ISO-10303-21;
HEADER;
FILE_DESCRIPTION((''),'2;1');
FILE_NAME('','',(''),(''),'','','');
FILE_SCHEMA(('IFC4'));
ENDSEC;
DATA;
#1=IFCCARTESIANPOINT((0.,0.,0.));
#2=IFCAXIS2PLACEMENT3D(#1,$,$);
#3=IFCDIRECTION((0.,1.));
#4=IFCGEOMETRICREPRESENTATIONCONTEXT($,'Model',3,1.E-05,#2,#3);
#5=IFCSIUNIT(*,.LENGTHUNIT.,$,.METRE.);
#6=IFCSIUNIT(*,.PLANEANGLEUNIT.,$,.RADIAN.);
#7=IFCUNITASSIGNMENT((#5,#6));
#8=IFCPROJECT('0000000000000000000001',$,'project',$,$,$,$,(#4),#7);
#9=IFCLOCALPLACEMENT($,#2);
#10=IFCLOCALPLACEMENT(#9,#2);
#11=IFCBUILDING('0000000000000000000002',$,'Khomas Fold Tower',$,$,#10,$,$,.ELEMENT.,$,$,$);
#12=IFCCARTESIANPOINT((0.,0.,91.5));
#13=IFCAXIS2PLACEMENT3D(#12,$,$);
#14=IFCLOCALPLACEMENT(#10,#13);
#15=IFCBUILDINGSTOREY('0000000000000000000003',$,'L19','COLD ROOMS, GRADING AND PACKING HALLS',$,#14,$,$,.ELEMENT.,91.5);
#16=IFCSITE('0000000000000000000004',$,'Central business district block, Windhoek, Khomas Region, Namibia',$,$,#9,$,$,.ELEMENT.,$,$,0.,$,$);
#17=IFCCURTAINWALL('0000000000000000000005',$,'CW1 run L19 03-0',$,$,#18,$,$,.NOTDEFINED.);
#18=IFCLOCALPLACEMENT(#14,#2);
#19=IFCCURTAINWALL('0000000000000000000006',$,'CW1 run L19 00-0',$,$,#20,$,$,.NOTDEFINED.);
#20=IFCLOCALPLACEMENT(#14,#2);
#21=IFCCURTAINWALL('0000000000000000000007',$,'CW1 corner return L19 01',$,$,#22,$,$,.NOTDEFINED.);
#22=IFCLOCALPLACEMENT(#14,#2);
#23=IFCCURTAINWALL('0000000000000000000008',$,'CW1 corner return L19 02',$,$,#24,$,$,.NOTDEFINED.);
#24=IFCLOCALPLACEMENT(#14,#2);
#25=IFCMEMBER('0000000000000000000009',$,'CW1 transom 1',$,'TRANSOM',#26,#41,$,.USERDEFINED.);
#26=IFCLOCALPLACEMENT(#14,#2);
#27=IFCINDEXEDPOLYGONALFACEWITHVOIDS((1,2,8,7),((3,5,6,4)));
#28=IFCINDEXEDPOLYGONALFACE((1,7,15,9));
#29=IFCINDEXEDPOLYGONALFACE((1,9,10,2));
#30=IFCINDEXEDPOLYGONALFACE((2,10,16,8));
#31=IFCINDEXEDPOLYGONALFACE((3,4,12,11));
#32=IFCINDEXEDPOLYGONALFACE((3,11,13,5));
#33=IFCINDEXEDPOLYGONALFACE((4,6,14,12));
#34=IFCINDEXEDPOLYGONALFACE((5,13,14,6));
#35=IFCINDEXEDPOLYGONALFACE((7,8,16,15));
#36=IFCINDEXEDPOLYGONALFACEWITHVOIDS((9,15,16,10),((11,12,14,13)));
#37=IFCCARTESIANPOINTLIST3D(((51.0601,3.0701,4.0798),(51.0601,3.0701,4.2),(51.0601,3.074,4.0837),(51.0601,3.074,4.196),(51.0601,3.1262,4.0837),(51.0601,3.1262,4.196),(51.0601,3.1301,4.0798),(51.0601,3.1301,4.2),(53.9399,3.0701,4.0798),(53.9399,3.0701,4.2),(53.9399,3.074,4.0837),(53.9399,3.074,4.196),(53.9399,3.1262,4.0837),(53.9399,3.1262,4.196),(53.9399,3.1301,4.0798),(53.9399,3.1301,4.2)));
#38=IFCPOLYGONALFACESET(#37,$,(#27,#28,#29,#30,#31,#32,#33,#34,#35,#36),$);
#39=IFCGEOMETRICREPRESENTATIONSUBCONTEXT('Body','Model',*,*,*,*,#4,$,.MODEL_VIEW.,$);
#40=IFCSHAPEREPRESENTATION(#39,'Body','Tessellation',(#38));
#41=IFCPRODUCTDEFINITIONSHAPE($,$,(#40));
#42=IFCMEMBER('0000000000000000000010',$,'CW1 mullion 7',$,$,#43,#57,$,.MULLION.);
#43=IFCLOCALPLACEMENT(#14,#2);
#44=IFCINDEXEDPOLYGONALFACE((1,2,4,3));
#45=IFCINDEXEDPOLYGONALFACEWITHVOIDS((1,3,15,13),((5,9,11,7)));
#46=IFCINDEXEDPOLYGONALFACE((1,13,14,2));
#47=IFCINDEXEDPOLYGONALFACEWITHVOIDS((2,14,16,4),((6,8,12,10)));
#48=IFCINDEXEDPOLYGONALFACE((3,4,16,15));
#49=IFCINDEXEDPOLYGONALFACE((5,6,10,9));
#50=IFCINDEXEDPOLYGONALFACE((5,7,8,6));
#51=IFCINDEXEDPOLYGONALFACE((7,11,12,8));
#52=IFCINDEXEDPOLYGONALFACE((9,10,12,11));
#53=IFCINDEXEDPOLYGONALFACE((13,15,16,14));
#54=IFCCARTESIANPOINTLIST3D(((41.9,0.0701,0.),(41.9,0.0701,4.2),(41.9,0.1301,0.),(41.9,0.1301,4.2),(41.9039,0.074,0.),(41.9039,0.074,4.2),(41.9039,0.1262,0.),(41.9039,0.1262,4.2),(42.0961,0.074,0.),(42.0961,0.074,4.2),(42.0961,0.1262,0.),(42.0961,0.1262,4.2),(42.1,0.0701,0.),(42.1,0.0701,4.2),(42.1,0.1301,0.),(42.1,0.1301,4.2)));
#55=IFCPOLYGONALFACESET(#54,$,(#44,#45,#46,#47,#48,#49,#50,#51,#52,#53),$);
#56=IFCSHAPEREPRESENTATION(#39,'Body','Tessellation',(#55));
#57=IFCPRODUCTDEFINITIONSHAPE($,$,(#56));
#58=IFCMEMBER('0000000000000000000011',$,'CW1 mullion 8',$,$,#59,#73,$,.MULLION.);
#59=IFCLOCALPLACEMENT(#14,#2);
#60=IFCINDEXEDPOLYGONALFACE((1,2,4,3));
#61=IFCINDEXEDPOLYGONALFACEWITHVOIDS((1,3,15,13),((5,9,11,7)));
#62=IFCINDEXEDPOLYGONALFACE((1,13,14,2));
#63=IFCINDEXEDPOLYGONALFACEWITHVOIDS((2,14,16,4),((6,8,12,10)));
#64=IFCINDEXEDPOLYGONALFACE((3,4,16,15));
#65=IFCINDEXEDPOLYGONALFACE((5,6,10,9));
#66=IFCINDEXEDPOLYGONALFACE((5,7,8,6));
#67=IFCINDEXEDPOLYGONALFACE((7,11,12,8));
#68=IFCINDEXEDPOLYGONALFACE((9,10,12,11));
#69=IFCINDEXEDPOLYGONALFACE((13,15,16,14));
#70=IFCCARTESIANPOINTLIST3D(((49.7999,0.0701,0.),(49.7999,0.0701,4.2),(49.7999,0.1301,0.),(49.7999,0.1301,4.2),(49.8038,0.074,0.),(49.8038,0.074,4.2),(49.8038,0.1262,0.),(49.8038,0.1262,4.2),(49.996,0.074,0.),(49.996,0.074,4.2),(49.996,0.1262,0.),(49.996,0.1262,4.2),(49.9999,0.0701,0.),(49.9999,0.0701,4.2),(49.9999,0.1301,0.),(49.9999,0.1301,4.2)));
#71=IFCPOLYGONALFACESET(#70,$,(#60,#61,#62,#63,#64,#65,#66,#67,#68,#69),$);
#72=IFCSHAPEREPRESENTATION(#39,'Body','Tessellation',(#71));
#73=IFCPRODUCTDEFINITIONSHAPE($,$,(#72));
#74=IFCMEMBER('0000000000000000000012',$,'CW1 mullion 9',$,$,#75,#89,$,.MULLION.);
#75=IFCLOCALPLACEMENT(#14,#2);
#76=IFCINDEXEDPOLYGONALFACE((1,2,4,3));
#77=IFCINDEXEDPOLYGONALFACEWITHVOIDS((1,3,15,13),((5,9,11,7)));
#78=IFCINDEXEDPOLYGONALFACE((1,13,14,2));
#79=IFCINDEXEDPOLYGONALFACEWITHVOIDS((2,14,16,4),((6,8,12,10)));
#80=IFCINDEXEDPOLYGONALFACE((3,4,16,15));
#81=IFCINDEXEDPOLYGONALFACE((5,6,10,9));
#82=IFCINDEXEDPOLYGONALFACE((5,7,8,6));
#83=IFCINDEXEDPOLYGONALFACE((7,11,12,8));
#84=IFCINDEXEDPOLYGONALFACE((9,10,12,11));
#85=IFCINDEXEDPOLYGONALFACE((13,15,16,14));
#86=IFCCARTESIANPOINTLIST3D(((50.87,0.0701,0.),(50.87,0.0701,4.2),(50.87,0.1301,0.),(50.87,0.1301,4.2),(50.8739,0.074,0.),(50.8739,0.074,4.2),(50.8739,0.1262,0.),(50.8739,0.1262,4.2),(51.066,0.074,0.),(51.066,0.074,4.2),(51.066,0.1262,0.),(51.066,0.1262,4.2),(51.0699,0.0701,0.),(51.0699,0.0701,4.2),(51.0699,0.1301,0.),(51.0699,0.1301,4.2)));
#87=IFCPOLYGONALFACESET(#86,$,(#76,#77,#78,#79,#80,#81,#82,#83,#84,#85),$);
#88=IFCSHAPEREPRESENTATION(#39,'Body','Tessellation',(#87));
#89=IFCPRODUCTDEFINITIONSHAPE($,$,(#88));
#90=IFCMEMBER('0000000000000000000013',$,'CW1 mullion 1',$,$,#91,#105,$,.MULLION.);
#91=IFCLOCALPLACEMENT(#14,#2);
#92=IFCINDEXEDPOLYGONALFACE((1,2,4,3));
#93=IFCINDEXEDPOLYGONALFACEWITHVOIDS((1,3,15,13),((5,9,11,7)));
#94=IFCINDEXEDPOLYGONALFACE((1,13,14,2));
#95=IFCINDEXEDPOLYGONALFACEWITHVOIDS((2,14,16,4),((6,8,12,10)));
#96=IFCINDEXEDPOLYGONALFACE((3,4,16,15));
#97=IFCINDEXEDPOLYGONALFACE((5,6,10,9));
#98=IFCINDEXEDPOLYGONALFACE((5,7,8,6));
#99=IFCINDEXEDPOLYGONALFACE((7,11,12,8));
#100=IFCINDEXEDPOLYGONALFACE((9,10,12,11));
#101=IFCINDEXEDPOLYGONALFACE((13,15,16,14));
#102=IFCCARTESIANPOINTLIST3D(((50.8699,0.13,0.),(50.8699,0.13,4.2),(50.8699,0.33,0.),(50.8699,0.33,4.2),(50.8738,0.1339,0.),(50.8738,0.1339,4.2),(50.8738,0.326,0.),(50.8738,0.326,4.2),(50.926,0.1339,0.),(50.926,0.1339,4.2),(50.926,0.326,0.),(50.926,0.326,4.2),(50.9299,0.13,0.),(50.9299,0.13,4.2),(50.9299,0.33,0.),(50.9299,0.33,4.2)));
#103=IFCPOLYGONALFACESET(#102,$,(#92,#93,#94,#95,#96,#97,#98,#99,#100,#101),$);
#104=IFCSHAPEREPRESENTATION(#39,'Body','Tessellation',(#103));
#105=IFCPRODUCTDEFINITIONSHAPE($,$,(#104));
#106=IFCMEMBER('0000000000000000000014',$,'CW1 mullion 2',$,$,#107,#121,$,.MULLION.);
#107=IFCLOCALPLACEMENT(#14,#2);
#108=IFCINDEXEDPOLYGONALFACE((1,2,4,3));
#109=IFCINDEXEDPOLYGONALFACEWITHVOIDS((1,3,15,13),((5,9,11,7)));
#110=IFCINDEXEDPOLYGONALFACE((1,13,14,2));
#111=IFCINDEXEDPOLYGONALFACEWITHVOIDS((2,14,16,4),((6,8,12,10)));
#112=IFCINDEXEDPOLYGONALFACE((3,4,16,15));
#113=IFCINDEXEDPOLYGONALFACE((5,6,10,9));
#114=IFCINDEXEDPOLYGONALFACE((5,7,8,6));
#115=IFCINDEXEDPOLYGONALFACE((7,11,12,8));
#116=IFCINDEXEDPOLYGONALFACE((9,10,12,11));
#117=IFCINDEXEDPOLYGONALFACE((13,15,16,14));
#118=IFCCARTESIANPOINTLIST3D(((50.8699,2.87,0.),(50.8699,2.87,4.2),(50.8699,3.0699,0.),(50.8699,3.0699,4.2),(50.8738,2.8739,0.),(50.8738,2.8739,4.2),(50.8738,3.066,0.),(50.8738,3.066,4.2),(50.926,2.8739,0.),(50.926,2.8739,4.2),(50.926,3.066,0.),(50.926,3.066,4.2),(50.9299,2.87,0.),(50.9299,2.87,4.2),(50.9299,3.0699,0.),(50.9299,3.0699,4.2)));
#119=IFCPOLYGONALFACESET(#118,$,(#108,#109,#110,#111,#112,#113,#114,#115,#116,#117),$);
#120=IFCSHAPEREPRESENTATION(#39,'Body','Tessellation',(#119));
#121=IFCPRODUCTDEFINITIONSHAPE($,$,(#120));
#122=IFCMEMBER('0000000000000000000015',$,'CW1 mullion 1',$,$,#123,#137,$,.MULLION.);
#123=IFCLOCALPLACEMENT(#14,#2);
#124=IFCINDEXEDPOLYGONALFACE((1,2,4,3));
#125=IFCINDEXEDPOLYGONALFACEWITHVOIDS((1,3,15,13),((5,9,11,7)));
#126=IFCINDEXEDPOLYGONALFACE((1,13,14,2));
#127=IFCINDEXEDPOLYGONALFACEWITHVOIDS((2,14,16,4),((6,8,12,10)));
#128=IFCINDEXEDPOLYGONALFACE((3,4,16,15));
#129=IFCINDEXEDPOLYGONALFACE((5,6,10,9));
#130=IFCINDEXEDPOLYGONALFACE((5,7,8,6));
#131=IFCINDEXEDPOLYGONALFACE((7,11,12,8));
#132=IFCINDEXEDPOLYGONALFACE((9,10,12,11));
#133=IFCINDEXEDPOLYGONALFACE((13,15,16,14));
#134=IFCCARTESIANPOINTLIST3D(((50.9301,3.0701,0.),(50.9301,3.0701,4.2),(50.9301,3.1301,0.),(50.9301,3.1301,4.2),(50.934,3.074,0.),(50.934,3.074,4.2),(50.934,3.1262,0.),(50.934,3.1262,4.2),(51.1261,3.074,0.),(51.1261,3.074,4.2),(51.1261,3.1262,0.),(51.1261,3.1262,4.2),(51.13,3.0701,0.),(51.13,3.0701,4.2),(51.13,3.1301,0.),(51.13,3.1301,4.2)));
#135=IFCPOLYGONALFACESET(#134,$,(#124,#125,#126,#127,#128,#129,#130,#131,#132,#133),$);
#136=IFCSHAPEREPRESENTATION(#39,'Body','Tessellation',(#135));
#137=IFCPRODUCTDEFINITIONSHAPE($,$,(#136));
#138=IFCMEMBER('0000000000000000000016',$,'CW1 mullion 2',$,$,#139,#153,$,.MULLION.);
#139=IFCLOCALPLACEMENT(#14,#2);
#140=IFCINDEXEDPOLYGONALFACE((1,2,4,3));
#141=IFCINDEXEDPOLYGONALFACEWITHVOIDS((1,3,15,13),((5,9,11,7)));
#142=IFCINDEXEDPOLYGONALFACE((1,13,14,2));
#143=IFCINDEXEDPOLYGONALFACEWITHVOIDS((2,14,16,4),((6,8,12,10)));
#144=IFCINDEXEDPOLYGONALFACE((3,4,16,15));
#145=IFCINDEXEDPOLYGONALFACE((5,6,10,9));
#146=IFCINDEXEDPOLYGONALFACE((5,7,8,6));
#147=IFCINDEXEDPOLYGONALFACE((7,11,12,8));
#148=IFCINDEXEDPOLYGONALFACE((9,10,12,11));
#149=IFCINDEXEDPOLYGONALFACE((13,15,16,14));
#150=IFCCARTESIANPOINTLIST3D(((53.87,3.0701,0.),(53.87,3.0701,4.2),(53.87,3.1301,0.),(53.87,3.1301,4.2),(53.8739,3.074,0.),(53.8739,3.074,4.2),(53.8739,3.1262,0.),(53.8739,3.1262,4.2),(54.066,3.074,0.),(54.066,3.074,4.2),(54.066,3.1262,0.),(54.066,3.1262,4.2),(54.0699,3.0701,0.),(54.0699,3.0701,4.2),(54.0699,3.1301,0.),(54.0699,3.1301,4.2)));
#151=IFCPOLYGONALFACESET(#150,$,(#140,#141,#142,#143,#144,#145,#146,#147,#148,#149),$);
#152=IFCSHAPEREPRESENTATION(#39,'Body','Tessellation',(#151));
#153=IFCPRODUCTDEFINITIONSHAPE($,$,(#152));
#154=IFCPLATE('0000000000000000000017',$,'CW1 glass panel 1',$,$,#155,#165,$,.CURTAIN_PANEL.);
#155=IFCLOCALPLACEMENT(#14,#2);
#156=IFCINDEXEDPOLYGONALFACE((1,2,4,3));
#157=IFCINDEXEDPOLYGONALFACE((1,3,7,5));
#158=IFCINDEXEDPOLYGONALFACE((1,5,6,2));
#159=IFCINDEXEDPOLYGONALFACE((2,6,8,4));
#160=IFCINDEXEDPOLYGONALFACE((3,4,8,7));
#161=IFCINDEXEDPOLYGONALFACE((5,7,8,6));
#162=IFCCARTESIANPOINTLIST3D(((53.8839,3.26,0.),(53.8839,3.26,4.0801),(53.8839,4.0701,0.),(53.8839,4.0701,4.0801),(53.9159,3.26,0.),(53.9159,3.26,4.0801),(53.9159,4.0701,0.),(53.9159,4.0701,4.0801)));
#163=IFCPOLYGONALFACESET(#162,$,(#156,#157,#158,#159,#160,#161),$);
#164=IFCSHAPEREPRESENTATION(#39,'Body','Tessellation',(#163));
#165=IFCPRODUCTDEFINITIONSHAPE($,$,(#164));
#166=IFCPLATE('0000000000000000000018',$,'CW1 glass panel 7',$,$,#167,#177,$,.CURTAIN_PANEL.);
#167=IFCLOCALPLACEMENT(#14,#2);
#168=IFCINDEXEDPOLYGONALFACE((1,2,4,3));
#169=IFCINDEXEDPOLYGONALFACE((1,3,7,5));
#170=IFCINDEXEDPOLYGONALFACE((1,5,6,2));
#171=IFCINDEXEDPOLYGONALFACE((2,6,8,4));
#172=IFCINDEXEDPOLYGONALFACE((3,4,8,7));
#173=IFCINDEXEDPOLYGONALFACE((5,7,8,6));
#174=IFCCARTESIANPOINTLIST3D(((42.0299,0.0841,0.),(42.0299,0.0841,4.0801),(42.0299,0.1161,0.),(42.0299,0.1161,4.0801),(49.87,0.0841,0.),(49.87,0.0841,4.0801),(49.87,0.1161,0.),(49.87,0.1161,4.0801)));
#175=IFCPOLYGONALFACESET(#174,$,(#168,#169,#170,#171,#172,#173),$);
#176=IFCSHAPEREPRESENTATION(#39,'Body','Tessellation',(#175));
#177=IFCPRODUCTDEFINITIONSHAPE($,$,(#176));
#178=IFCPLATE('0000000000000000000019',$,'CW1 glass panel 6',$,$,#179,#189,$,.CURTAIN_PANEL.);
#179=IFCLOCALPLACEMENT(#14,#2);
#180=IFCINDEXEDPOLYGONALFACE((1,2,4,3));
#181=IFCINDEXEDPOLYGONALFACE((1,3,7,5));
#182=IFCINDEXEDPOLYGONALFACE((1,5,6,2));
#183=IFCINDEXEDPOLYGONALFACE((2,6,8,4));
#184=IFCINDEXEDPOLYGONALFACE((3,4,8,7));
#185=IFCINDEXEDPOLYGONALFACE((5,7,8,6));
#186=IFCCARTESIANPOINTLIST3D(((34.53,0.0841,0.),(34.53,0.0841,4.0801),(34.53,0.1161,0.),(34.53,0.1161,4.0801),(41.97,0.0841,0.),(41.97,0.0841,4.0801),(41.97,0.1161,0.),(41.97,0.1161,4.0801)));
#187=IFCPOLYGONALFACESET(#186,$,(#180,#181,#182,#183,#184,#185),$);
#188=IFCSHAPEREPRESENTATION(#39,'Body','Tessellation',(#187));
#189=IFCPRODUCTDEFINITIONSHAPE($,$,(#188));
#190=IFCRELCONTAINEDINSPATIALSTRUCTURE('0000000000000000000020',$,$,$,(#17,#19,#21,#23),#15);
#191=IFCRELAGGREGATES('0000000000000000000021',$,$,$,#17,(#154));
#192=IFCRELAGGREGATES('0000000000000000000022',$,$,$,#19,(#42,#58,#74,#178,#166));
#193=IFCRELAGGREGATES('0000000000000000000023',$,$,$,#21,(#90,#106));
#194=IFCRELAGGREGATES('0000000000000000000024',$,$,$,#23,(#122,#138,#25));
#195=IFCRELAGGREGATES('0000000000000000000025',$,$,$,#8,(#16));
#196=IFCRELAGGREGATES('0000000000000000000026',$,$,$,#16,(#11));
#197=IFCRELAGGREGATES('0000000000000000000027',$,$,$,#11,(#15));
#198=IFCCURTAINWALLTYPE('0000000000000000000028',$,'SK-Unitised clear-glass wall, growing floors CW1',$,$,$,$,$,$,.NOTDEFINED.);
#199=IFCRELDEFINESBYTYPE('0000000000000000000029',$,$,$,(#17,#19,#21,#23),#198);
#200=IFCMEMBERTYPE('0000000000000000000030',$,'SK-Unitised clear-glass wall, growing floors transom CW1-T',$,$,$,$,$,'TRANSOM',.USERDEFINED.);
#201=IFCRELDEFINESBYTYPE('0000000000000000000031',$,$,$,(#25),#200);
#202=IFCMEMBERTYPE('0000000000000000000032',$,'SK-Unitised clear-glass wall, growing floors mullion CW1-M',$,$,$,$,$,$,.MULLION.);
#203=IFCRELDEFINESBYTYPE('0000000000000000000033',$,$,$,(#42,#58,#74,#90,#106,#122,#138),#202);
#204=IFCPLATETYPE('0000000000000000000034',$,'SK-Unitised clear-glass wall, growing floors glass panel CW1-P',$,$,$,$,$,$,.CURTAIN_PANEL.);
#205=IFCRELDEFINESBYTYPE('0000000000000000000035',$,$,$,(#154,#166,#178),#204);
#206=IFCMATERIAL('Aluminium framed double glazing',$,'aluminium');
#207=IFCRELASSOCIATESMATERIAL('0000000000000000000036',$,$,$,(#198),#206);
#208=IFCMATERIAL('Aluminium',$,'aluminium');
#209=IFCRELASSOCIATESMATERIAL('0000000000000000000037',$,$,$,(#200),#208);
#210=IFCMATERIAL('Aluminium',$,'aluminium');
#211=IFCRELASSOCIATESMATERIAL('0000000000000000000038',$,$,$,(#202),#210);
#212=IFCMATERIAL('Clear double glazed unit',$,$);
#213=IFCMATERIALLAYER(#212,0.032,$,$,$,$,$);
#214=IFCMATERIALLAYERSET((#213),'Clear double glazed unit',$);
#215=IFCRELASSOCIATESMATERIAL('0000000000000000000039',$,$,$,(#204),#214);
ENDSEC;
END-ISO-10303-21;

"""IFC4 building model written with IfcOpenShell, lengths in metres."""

from ifc_helpers import new_model, si_unit, direction, frame, origin, origin_2d, place, context, subcontext, project, spatial, rectangle, hollow_rectangle, extrude, source, transform, mapped, material, layer, layer_set, material_profile, profile_set, type_object, element, aggregate, save


model = new_model("IFC4")

# Units and contexts
model_context = context("Model", 3, precision=1e-05, world=origin(), true_north=direction((0.0, 1.0)))
body_context = subcontext(model_context, "Body", "Model", "MODEL_VIEW")
ifc_project = project(units=[si_unit("LENGTHUNIT", "METRE"), si_unit("PLANEANGLEUNIT", "RADIAN")], contexts=[model_context])

# Site, building, storey
site_placement = place(None, origin())
site = spatial("IfcSite", under=ifc_project, at=site_placement, Name="Central business district block, Windhoek, Khomas Region, Namibia", CompositionType="ELEMENT", RefElevation=0.0)
building_placement = place(site_placement, origin())
building = spatial("IfcBuilding", under=site, at=building_placement, Name="Khomas Fold Tower", CompositionType="ELEMENT")
storey_placement = place(building_placement, frame((0.0, 0.0, 91.5)))
storey = spatial("IfcBuildingStorey", under=building, at=storey_placement, Name="L19", Description="COLD ROOMS, GRADING AND PACKING HALLS", CompositionType="ELEMENT", Elevation=91.5)

# Curtain wall
ifc_material_1 = material(Name="Aluminium framed double glazing", Category="aluminium")
curtain_wall_type = type_object("IfcCurtainWallType", Name="SK-Unitised clear-glass wall, growing floors CW1", PredefinedType="NOTDEFINED", material=ifc_material_1)
curtain_wall_1_placement = place(storey_placement, origin())
curtain_wall_1 = element("IfcCurtainWall", 1, at=curtain_wall_1_placement, inside=storey, type_object=curtain_wall_type, Name="CW1 run L19 03-0", PredefinedType="NOTDEFINED")
ifc_material_2 = material(Name="Aluminium", Category="aluminium")
ifc_material_profile_1 = material_profile(ifc_material_2, hollow_rectangle(XDim=0.0601, YDim=0.1201, WallThickness=0.0039, at=origin_2d()), Name="SK-Unitised clear-glass wall, growing floors transom CW1-T")
ifc_profile_set_1 = profile_set([ifc_material_profile_1], Name="Aluminium")
member_type_1 = type_object("IfcMemberType", Name="SK-Unitised clear-glass wall, growing floors transom CW1-T", ElementType="TRANSOM", PredefinedType="USERDEFINED", material=ifc_profile_set_1)

# Curtain wall
curtain_wall_2_placement = place(storey_placement, origin())
curtain_wall_2 = element("IfcCurtainWall", 2, at=curtain_wall_2_placement, inside=storey, type_object=curtain_wall_type, Name="CW1 run L19 00-0", PredefinedType="NOTDEFINED")

# Curtain walls, member
curtain_wall_3_placement = place(storey_placement, origin())
curtain_wall_3 = element("IfcCurtainWall", 3, at=curtain_wall_3_placement, inside=storey, type_object=curtain_wall_type, Name="CW1 corner return L19 01", PredefinedType="NOTDEFINED")
curtain_wall_4_placement = place(storey_placement, origin())
curtain_wall_4 = element("IfcCurtainWall", 4, at=curtain_wall_4_placement, inside=storey, type_object=curtain_wall_type, Name="CW1 corner return L19 02", PredefinedType="NOTDEFINED")
shared_shape_1 = source(origin(), body_context, "Body", "SweptSolid", [
    extrude(hollow_rectangle(XDim=0.0601, YDim=0.1201, WallThickness=0.0039, at=origin_2d()), origin(), (0.0, 0.0, 1.0), 2.8799),
])
member_1_placement = place(storey_placement, frame((51.0601, 3.1001, 4.1399), z_axis=(1.0, 0.0, 0.0), x_axis=(0.0, 1.0, 0.0)))
member_1 = element("IfcMember", 5, at=member_1_placement, type_object=member_type_1, Name="CW1 transom 1", ObjectType="TRANSOM", PredefinedType="USERDEFINED", context=body_context, shape_type="MappedRepresentation", body=[
    mapped(shared_shape_1, transform((0.0, 0.0, 0.0))),
])

# Members
ifc_material_3 = material(Name="Aluminium", Category="aluminium")
ifc_material_profile_2 = material_profile(ifc_material_3, hollow_rectangle(XDim=0.0601, YDim=0.2, WallThickness=0.0039, at=origin_2d()), Name="SK-Unitised clear-glass wall, growing floors mullion CW1-M")
ifc_profile_set_2 = profile_set([ifc_material_profile_2], Name="Aluminium")
member_type_2 = type_object("IfcMemberType", Name="SK-Unitised clear-glass wall, growing floors mullion CW1-M", PredefinedType="MULLION", material=ifc_profile_set_2)
shared_shape_2 = source(origin(), body_context, "Body", "SweptSolid", [
    extrude(hollow_rectangle(XDim=0.0601, YDim=0.2, WallThickness=0.0039, at=origin_2d()), origin(), (0.0, 0.0, 1.0), 4.2),
])
member_2_placement = place(storey_placement, frame((42.0, 0.1001, 0.0), z_axis=(0.0, 0.0, 1.0), x_axis=(0.0, 1.0, 0.0)))
member_2 = element("IfcMember", 6, at=member_2_placement, type_object=member_type_2, Name="CW1 mullion 7", PredefinedType="MULLION", context=body_context, shape_type="MappedRepresentation", body=[
    mapped(shared_shape_2, transform((0.0, 0.0, 0.0))),
])
member_3_placement = place(storey_placement, frame((49.8999, 0.1001, 0.0), z_axis=(0.0, 0.0, 1.0), x_axis=(0.0, 1.0, 0.0)))
member_3 = element("IfcMember", 7, at=member_3_placement, type_object=member_type_2, Name="CW1 mullion 8", PredefinedType="MULLION", context=body_context, shape_type="MappedRepresentation", body=[
    mapped(shared_shape_2, transform((0.0, 0.0, 0.0))),
])
member_4_placement = place(storey_placement, frame((50.97, 0.1001, 0.0), z_axis=(0.0, 0.0, 1.0), x_axis=(0.0, 1.0, 0.0)))
member_4 = element("IfcMember", 8, at=member_4_placement, type_object=member_type_2, Name="CW1 mullion 9", PredefinedType="MULLION", context=body_context, shape_type="MappedRepresentation", body=[
    mapped(shared_shape_2, transform((0.0, 0.0, 0.0))),
])
member_5_placement = place(storey_placement, frame((50.8999, 0.23, 0.0), z_axis=(0.0, 0.0, 1.0), x_axis=(-1.0, 0.0, 0.0)))
member_5 = element("IfcMember", 9, at=member_5_placement, type_object=member_type_2, Name="CW1 mullion 1", PredefinedType="MULLION", context=body_context, shape_type="MappedRepresentation", body=[
    mapped(shared_shape_2, transform((0.0, 0.0, 0.0))),
])
member_6_placement = place(storey_placement, frame((50.8999, 2.97, 0.0), z_axis=(0.0, 0.0, 1.0), x_axis=(-1.0, 0.0, 0.0)))
member_6 = element("IfcMember", 10, at=member_6_placement, type_object=member_type_2, Name="CW1 mullion 2", PredefinedType="MULLION", context=body_context, shape_type="MappedRepresentation", body=[
    mapped(shared_shape_2, transform((0.0, 0.0, 0.0))),
])
member_7_placement = place(storey_placement, frame((51.03, 3.1001, 0.0), z_axis=(0.0, 0.0, 1.0), x_axis=(0.0, 1.0, 0.0)))
member_7 = element("IfcMember", 11, at=member_7_placement, type_object=member_type_2, Name="CW1 mullion 1", PredefinedType="MULLION", context=body_context, shape_type="MappedRepresentation", body=[
    mapped(shared_shape_2, transform((0.0, 0.0, 0.0))),
])
member_8_placement = place(storey_placement, frame((53.97, 3.1001, 0.0), z_axis=(0.0, 0.0, 1.0), x_axis=(0.0, 1.0, 0.0)))
member_8 = element("IfcMember", 12, at=member_8_placement, type_object=member_type_2, Name="CW1 mullion 2", PredefinedType="MULLION", context=body_context, shape_type="MappedRepresentation", body=[
    mapped(shared_shape_2, transform((0.0, 0.0, 0.0))),
])

# Plates
ifc_material_4 = material(Name="Clear double glazed unit")
ifc_layer = layer(ifc_material_4, 0.032)
ifc_layer_set = layer_set([ifc_layer], Name="Clear double glazed unit")
plate_type = type_object("IfcPlateType", Name="SK-Unitised clear-glass wall, growing floors glass panel CW1-P", PredefinedType="CURTAIN_PANEL", material=ifc_layer_set)
shared_shape_3 = source(origin(), body_context, "Body", "SweptSolid", [
    extrude(rectangle(XDim=0.8101, YDim=0.032, at=origin_2d()), origin(), (0.0, 0.0, 1.0), 4.0801),
])
plate_1_placement = place(storey_placement, frame((53.8999, 3.665, 0.0), z_axis=(0.0, 0.0, 1.0), x_axis=(0.0, 1.0, 0.0)))
plate_1 = element("IfcPlate", 13, at=plate_1_placement, type_object=plate_type, Name="CW1 glass panel 1", PredefinedType="CURTAIN_PANEL", context=body_context, shape_type="MappedRepresentation", body=[
    mapped(shared_shape_3, transform((0.0, 0.0, 0.0))),
])
aggregate(curtain_wall_1, [plate_1])
shared_shape_4 = source(origin(), body_context, "Body", "SweptSolid", [
    extrude(rectangle(XDim=7.8401, YDim=0.032, at=origin_2d()), origin(), (0.0, 0.0, 1.0), 4.0801),
])
plate_2_placement = place(storey_placement, frame((45.95, 0.1001, 0.0), z_axis=(0.0, 0.0, 1.0), x_axis=(1.0, 0.0, 0.0)))
plate_2 = element("IfcPlate", 14, at=plate_2_placement, type_object=plate_type, Name="CW1 glass panel 7", PredefinedType="CURTAIN_PANEL", context=body_context, shape_type="MappedRepresentation", body=[
    mapped(shared_shape_4, transform((0.0, 0.0, 0.0))),
])
shared_shape_5 = source(origin(), body_context, "Body", "SweptSolid", [
    extrude(rectangle(XDim=7.4399, YDim=0.032, at=origin_2d()), origin(), (0.0, 0.0, 1.0), 4.0801),
])
plate_3_placement = place(storey_placement, frame((38.25, 0.1001, 0.0), z_axis=(0.0, 0.0, 1.0), x_axis=(1.0, 0.0, 0.0)))
plate_3 = element("IfcPlate", 15, at=plate_3_placement, type_object=plate_type, Name="CW1 glass panel 6", PredefinedType="CURTAIN_PANEL", context=body_context, shape_type="MappedRepresentation", body=[
    mapped(shared_shape_5, transform((0.0, 0.0, 0.0))),
])
aggregate(curtain_wall_2, [member_2, member_3, member_4, plate_3, plate_2])
aggregate(curtain_wall_3, [member_5, member_6])
aggregate(curtain_wall_4, [member_7, member_8, member_1])

save(model, "model.ifc")
